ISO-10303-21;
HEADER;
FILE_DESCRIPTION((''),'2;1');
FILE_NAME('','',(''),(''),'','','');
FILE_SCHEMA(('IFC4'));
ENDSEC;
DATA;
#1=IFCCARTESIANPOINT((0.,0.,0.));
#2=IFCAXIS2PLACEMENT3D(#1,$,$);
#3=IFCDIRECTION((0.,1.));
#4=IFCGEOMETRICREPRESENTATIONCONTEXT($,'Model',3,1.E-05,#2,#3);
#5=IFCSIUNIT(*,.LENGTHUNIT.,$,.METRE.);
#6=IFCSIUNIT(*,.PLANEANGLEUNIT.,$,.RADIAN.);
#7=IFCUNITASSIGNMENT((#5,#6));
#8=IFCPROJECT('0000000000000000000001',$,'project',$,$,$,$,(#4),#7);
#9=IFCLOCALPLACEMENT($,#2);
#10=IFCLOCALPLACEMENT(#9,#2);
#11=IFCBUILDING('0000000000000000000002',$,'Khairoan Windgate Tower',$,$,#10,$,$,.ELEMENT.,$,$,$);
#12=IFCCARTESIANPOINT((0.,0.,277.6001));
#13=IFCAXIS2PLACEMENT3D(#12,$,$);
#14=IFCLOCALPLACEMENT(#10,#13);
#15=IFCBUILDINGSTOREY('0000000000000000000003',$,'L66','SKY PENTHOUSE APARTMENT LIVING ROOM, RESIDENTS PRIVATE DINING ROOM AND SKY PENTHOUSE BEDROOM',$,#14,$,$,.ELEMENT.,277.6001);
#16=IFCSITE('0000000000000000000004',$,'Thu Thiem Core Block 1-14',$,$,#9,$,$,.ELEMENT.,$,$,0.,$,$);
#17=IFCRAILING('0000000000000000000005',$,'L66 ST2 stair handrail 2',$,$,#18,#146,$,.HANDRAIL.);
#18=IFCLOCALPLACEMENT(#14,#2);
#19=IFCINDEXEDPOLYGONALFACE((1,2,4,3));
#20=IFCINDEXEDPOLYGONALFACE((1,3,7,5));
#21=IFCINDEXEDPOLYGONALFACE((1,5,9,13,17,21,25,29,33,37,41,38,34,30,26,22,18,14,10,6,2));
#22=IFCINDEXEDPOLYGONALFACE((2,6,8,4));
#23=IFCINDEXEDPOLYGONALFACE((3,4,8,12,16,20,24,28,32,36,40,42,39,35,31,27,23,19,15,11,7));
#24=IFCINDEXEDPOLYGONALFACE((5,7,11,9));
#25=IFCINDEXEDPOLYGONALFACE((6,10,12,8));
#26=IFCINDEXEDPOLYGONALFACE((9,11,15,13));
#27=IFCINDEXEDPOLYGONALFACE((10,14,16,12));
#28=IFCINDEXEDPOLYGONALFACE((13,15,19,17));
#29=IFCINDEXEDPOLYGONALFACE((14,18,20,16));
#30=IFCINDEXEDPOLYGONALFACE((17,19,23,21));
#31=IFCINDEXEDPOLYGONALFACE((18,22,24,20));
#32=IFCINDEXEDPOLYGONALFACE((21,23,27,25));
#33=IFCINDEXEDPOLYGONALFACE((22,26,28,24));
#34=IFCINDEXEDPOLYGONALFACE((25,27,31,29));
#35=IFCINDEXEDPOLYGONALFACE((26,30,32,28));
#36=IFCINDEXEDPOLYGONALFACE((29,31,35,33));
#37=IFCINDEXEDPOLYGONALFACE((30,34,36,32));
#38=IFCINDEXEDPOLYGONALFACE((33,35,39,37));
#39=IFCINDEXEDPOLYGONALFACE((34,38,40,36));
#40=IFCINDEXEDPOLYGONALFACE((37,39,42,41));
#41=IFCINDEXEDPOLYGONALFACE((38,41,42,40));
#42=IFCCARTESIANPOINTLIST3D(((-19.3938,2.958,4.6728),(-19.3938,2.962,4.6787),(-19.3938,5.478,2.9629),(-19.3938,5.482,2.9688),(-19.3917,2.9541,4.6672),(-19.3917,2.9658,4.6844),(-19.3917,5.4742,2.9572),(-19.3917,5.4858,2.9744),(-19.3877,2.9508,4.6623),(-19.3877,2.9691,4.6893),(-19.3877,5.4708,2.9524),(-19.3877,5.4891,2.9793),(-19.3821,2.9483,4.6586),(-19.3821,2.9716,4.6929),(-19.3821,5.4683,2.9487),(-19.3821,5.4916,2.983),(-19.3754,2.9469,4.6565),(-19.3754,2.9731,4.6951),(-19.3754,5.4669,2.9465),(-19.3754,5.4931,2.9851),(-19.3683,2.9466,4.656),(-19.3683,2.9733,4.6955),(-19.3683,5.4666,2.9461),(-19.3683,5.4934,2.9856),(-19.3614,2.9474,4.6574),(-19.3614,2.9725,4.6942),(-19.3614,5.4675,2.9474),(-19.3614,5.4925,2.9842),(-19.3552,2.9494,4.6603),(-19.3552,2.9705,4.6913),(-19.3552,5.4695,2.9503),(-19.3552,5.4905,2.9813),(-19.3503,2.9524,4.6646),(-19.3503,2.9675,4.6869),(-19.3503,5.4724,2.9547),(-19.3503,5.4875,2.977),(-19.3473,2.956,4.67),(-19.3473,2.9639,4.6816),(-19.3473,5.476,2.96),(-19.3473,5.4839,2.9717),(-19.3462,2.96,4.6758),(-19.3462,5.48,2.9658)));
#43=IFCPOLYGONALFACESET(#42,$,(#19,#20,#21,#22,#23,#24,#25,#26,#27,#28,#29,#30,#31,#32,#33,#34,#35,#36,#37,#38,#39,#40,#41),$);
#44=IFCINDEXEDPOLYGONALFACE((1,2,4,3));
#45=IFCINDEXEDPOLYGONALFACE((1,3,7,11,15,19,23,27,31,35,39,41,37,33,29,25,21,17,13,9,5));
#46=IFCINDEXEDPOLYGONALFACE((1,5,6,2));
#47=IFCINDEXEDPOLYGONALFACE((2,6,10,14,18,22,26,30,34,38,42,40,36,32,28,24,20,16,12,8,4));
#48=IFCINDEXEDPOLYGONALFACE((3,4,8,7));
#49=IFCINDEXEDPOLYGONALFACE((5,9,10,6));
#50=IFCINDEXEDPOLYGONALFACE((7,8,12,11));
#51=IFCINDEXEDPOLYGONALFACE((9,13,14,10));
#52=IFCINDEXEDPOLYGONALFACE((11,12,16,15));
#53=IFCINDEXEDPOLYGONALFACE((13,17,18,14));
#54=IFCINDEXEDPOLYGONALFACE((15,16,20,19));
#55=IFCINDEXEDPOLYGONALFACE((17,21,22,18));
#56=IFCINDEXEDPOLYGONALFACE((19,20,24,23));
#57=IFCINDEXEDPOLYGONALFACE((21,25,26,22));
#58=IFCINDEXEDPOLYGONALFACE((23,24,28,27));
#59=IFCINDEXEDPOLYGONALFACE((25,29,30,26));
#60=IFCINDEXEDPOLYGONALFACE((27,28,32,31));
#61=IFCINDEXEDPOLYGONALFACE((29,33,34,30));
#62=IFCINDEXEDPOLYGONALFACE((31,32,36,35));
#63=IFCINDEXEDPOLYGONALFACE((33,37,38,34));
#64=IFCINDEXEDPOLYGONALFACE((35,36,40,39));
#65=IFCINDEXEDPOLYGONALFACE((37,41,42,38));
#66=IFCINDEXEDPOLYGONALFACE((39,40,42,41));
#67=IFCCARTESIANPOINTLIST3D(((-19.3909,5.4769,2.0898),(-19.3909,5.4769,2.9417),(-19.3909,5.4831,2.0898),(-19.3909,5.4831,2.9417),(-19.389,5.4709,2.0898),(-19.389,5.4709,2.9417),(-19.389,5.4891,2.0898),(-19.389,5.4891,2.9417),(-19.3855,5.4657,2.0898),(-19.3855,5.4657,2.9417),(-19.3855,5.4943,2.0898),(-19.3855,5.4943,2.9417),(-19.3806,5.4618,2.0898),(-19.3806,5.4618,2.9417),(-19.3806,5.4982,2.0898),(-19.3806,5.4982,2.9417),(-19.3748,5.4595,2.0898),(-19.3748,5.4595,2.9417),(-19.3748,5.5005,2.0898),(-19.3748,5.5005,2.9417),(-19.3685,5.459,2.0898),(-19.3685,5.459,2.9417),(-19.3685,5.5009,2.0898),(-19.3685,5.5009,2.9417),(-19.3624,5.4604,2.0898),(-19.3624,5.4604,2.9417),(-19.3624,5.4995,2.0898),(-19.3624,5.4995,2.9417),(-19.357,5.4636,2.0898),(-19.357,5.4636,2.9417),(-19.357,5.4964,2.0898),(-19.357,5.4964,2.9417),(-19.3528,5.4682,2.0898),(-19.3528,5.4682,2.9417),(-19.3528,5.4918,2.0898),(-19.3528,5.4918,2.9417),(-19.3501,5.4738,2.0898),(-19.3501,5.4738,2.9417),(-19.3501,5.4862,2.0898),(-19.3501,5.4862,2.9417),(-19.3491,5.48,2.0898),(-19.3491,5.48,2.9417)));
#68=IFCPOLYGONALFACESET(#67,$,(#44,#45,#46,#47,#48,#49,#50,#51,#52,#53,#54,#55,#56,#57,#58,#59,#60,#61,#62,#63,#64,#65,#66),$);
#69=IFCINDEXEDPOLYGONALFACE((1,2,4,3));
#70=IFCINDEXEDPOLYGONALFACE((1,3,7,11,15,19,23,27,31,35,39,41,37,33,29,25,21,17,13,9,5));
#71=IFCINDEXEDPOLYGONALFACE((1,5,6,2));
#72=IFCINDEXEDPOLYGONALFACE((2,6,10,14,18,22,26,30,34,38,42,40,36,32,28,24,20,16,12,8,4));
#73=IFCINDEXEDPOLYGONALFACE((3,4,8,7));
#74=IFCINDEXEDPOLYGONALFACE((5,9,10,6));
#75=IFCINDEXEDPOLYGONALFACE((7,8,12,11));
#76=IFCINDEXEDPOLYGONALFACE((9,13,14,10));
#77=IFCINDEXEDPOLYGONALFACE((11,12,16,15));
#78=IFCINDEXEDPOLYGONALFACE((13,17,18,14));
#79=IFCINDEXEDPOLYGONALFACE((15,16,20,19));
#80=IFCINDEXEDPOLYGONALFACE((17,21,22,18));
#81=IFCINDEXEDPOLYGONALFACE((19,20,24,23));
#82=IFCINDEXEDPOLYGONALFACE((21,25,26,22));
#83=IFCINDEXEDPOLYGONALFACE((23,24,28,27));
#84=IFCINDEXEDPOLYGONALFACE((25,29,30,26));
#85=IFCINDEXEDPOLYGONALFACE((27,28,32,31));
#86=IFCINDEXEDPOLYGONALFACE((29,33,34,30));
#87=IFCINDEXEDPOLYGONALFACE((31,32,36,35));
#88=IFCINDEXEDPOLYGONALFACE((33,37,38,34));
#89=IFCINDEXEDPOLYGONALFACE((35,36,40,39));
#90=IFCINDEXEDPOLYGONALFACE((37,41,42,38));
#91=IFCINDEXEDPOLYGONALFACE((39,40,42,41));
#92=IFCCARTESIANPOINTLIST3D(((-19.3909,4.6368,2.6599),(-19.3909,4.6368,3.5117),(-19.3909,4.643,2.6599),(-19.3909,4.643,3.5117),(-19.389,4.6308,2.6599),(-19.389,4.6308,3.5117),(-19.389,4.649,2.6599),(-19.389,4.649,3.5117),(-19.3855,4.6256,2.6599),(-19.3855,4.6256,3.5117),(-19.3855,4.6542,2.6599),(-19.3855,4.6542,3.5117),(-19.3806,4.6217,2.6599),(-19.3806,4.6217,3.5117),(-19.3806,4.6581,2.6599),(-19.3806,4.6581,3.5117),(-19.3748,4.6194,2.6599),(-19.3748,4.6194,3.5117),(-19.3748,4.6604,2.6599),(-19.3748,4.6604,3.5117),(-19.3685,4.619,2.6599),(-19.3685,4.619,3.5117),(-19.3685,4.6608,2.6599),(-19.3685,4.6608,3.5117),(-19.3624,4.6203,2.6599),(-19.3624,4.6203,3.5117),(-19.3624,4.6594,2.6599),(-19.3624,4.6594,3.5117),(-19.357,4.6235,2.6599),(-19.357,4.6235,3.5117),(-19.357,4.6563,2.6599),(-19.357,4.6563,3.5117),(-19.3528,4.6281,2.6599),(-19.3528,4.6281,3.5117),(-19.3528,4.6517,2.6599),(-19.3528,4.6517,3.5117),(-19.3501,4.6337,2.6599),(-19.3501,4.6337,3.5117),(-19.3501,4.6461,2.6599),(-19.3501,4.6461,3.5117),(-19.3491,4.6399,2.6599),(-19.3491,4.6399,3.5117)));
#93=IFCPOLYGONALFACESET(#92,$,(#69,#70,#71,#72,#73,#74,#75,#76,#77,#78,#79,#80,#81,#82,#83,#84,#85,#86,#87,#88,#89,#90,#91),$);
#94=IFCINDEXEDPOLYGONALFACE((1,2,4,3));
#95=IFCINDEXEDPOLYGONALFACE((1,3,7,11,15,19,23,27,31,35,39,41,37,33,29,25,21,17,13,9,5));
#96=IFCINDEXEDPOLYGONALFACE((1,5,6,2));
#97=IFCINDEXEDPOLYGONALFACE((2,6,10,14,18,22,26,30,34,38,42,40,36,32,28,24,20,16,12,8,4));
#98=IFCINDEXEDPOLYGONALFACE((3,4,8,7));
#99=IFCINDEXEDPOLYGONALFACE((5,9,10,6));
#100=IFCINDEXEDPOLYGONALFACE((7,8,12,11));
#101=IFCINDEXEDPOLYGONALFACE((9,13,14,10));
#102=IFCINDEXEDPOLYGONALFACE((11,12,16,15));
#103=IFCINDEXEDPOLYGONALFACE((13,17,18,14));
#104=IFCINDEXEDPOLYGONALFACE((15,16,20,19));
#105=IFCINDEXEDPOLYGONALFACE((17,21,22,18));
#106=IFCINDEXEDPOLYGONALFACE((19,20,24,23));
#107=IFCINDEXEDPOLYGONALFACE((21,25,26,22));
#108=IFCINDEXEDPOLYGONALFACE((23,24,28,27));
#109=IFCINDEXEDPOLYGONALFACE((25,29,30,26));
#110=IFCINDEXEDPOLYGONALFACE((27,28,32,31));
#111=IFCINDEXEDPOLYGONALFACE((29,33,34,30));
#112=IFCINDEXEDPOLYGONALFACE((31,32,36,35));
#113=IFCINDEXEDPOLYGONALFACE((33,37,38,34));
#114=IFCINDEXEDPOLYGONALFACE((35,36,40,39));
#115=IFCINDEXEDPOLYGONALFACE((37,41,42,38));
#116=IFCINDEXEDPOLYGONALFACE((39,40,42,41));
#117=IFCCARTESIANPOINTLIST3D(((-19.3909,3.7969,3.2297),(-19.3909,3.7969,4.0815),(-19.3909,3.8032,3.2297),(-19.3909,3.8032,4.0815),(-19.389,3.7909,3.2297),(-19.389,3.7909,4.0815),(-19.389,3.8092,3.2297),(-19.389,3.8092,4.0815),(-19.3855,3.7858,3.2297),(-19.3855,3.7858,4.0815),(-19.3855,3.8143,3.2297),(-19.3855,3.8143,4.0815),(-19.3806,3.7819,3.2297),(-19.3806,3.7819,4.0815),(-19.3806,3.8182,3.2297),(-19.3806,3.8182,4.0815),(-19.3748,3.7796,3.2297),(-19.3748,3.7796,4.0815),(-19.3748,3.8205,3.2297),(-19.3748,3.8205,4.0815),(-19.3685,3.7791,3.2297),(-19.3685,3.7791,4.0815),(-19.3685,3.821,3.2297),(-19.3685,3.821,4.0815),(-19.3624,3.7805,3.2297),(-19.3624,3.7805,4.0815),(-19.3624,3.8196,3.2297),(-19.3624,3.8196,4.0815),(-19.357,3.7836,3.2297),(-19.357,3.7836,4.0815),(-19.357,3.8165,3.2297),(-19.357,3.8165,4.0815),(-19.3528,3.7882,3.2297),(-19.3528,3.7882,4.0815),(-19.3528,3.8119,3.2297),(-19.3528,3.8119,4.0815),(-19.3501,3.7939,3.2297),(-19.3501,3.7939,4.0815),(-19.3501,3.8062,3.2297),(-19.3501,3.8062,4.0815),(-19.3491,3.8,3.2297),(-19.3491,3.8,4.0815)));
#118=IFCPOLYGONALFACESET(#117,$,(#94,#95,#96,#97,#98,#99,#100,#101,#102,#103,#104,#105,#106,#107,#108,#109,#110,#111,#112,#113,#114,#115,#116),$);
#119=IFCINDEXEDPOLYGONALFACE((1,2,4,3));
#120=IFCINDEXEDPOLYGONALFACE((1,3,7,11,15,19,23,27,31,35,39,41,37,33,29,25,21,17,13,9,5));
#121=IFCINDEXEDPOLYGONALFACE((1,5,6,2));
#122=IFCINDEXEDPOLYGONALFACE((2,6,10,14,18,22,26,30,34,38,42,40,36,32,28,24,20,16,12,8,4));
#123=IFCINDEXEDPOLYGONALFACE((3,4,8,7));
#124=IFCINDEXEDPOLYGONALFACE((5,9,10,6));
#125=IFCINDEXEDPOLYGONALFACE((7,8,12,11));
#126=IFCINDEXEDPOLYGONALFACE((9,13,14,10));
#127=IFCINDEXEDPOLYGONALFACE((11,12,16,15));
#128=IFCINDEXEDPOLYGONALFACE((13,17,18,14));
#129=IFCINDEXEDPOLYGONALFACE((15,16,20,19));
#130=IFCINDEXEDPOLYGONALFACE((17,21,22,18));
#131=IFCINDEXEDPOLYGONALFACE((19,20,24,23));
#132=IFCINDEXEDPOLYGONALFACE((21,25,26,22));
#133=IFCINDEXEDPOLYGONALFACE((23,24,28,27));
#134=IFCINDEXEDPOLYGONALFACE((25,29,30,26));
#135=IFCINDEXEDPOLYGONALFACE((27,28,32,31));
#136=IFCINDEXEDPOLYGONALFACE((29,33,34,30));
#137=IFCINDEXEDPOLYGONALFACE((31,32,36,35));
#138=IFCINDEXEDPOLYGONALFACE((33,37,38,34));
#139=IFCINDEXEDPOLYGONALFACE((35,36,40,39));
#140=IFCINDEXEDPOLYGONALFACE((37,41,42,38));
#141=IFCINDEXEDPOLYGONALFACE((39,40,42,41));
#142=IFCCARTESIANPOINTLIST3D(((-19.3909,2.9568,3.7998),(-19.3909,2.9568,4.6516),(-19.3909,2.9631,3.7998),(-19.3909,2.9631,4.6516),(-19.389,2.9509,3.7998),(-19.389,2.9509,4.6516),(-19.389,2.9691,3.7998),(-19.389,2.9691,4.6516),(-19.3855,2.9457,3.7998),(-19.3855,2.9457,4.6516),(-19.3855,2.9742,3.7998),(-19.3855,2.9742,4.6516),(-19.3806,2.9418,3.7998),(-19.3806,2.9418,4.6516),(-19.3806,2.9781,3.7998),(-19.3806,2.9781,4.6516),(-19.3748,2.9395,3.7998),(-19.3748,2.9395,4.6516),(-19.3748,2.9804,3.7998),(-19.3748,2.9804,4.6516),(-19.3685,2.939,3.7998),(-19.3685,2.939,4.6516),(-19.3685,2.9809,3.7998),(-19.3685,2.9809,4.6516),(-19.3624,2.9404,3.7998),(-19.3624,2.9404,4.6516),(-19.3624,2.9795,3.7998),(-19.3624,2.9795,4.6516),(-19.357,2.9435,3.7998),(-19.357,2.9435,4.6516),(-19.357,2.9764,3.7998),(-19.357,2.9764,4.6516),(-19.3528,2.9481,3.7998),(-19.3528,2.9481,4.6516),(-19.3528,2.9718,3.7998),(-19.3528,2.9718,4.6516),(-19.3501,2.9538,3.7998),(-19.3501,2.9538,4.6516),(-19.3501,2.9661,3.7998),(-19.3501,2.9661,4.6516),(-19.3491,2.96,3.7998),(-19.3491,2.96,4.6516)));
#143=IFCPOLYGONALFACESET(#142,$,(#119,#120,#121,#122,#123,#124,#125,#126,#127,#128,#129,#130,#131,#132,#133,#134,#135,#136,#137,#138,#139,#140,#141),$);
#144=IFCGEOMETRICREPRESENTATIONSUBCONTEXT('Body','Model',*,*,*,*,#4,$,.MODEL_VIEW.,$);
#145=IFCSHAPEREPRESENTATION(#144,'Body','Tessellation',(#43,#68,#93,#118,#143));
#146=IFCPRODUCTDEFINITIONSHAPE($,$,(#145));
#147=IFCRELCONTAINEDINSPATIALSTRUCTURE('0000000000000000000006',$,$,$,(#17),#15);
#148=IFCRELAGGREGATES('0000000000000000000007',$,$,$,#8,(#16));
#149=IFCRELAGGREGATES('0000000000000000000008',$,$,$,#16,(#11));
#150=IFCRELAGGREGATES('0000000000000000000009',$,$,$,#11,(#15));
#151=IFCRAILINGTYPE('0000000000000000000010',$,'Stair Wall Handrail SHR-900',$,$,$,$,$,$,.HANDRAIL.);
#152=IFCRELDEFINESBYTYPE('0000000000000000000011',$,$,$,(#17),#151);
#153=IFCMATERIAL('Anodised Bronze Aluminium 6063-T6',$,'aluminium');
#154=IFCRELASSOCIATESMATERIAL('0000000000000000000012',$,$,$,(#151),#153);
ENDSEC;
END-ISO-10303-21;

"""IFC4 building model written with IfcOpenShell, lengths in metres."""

from ifc_helpers import new_model, si_unit, direction, frame, origin, origin_2d, place, context, subcontext, project, spatial, circle, extrude, material, type_object, element, save


model = new_model("IFC4")

# Units and contexts
model_context = context("Model", 3, precision=1e-05, world=origin(), true_north=direction((0.0, 1.0)))
body_context = subcontext(model_context, "Body", "Model", "MODEL_VIEW")
ifc_project = project(units=[si_unit("LENGTHUNIT", "METRE"), si_unit("PLANEANGLEUNIT", "RADIAN")], contexts=[model_context])

# Site, building, storey
site_placement = place(None, origin())
site = spatial("IfcSite", under=ifc_project, at=site_placement, Name="Thu Thiem Core Block 1-14", CompositionType="ELEMENT", RefElevation=0.0)
building_placement = place(site_placement, origin())
building = spatial("IfcBuilding", under=site, at=building_placement, Name="Khairoan Windgate Tower", CompositionType="ELEMENT")
storey_placement = place(building_placement, frame((0.0, 0.0, 277.6001)))
storey = spatial("IfcBuildingStorey", under=building, at=storey_placement, Name="L66", Description="SKY PENTHOUSE APARTMENT LIVING ROOM, RESIDENTS PRIVATE DINING ROOM AND SKY PENTHOUSE BEDROOM", CompositionType="ELEMENT", Elevation=277.6001)

# Railing
ifc_material_1 = material(Name="Anodised Bronze Aluminium 6063-T6", Category="aluminium")
railing_type_1 = type_object("IfcRailingType", Name="Stair Wall Handrail SHR-900", PredefinedType="HANDRAIL", material=ifc_material_1)
railing_1_placement = place(storey_placement, frame((-19.3701, 5.48, 2.0898)))
element("IfcRailing", 1, at=railing_1_placement, inside=storey, type_object=railing_type_1, Name="L66 ST2 stair handrail 2", PredefinedType="HANDRAIL", context=body_context, shape_type="SweptSolid", body=[
    extrude(circle(Radius=0.0239, at=origin_2d()), frame((0.0, 0.0, 0.876), z_axis=(0.0, -0.827484, 0.56149), x_axis=(1.0, 0.0, 0.0)), (0.0, 0.0, 1.0), 3.0454),
    extrude(circle(Radius=0.021, at=origin_2d()), origin(), (0.0, 0.0, 1.0), 0.8518),
    extrude(circle(Radius=0.021, at=origin_2d()), frame((0.0, -0.8401, 0.5701)), (0.0, 0.0, 1.0), 0.8518),
    extrude(circle(Radius=0.021, at=origin_2d()), frame((0.0, -1.6799, 1.1399)), (0.0, 0.0, 1.0), 0.8518),
    extrude(circle(Radius=0.021, at=origin_2d()), frame((0.0, -2.52, 1.71)), (0.0, 0.0, 1.0), 0.8518),
])

save(model, "model.ifc")
